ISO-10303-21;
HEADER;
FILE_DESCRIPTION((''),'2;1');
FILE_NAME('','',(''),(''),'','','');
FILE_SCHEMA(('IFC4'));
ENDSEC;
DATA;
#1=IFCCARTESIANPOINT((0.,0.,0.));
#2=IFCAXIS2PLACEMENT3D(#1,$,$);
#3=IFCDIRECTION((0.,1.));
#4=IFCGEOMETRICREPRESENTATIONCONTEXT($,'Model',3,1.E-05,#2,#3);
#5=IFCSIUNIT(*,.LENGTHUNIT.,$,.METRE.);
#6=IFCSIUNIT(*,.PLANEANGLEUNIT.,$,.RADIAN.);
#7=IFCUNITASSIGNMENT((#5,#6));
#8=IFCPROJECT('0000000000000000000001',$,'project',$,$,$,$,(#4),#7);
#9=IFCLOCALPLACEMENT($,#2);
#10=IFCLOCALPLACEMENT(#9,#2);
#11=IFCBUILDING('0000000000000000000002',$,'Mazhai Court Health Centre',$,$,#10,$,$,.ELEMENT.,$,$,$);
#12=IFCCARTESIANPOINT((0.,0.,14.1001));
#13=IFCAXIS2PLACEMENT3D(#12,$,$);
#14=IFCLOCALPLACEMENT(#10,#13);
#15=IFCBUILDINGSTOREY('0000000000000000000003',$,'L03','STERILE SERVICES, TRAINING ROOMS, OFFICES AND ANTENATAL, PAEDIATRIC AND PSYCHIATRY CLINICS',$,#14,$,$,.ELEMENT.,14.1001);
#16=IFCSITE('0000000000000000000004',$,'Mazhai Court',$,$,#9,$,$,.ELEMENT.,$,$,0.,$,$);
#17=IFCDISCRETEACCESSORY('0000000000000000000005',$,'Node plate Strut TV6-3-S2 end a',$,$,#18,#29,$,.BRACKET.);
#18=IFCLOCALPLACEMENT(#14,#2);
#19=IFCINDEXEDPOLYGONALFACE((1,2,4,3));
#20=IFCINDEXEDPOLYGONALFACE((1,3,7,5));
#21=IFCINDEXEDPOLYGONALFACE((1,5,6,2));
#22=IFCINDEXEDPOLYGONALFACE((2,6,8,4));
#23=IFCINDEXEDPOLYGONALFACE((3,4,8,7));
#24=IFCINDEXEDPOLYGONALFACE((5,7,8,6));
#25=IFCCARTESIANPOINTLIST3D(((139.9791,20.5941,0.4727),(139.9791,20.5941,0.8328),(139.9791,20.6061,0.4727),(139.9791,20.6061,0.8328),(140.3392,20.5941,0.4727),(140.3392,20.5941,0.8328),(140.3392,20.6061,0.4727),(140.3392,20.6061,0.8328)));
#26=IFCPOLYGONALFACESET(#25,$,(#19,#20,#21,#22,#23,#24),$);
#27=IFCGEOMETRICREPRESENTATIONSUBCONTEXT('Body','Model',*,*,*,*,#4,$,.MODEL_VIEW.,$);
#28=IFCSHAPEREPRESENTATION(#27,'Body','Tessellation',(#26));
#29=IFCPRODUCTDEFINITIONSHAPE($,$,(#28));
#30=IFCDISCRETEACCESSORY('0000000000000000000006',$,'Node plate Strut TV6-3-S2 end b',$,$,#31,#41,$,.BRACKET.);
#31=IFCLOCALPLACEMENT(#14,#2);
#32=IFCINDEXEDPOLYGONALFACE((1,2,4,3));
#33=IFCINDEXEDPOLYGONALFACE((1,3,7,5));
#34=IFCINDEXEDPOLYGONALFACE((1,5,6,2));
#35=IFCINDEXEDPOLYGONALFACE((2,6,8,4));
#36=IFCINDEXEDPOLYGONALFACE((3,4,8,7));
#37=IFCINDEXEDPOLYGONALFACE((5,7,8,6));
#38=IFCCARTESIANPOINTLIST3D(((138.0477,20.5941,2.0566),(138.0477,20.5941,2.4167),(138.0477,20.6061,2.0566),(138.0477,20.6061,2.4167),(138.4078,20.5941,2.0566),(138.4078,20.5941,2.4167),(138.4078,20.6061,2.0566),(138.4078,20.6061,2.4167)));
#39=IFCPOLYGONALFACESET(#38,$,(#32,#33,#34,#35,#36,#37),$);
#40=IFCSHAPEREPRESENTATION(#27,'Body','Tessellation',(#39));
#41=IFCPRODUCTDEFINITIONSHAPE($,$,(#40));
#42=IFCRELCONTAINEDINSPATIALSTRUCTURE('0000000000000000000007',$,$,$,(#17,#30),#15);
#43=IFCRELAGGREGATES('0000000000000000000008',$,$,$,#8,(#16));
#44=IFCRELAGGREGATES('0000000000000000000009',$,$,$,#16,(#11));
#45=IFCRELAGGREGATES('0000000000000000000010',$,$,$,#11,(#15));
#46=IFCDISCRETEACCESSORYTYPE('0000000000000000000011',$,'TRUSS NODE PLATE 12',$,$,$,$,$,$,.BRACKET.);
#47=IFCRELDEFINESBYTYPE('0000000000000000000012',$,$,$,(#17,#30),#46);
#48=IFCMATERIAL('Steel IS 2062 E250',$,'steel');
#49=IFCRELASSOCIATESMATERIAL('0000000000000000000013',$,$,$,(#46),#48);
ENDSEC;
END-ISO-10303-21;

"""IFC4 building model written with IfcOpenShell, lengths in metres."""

from ifc_helpers import new_model, si_unit, direction, frame, origin, origin_2d, place, context, subcontext, project, spatial, rectangle, extrude, material, type_object, element, save


model = new_model("IFC4")

# Units and contexts
model_context = context("Model", 3, precision=1e-05, world=origin(), true_north=direction((0.0, 1.0)))
body_context = subcontext(model_context, "Body", "Model", "MODEL_VIEW")
ifc_project = project(units=[si_unit("LENGTHUNIT", "METRE"), si_unit("PLANEANGLEUNIT", "RADIAN")], contexts=[model_context])

# Site, building, storey
site_placement = place(None, origin())
site = spatial("IfcSite", under=ifc_project, at=site_placement, Name="Mazhai Court", CompositionType="ELEMENT", RefElevation=0.0)
building_placement = place(site_placement, origin())
building = spatial("IfcBuilding", under=site, at=building_placement, Name="Mazhai Court Health Centre", CompositionType="ELEMENT")
storey_placement = place(building_placement, frame((0.0, 0.0, 14.1001)))
storey = spatial("IfcBuildingStorey", under=building, at=storey_placement, Name="L03", Description="STERILE SERVICES, TRAINING ROOMS, OFFICES AND ANTENATAL, PAEDIATRIC AND PSYCHIATRY CLINICS", CompositionType="ELEMENT", Elevation=14.1001)

# Discrete accessories
ifc_material_1 = material(Name="Steel IS 2062 E250", Category="steel")
discrete_accessory_type = type_object("IfcDiscreteAccessoryType", Name="TRUSS NODE PLATE 12", PredefinedType="BRACKET", material=ifc_material_1)
for number, where, z_axis, x_axis, name in (
    (1, (140.1592, 20.6001, 0.4727), (0.0, 0.0, 1.0), (1.0, 0.0, 0.0), "Node plate Strut TV6-3-S2 end a"),
    (2, (138.2278, 20.6001, 2.0566), (0.0, 0.0, 1.0), (1.0, 0.0, 0.0), "Node plate Strut TV6-3-S2 end b"),
):
    element("IfcDiscreteAccessory", number, at=place(storey_placement, frame(where, z_axis=z_axis, x_axis=x_axis)), inside=storey, type_object=discrete_accessory_type, Name=name, PredefinedType="BRACKET", context=body_context, shape_type="SweptSolid", body=[
        extrude(rectangle(XDim=0.3601, YDim=0.012, at=origin_2d()), origin(), (0.0, 0.0, 1.0), 0.3601),
    ])

save(model, "model.ifc")
